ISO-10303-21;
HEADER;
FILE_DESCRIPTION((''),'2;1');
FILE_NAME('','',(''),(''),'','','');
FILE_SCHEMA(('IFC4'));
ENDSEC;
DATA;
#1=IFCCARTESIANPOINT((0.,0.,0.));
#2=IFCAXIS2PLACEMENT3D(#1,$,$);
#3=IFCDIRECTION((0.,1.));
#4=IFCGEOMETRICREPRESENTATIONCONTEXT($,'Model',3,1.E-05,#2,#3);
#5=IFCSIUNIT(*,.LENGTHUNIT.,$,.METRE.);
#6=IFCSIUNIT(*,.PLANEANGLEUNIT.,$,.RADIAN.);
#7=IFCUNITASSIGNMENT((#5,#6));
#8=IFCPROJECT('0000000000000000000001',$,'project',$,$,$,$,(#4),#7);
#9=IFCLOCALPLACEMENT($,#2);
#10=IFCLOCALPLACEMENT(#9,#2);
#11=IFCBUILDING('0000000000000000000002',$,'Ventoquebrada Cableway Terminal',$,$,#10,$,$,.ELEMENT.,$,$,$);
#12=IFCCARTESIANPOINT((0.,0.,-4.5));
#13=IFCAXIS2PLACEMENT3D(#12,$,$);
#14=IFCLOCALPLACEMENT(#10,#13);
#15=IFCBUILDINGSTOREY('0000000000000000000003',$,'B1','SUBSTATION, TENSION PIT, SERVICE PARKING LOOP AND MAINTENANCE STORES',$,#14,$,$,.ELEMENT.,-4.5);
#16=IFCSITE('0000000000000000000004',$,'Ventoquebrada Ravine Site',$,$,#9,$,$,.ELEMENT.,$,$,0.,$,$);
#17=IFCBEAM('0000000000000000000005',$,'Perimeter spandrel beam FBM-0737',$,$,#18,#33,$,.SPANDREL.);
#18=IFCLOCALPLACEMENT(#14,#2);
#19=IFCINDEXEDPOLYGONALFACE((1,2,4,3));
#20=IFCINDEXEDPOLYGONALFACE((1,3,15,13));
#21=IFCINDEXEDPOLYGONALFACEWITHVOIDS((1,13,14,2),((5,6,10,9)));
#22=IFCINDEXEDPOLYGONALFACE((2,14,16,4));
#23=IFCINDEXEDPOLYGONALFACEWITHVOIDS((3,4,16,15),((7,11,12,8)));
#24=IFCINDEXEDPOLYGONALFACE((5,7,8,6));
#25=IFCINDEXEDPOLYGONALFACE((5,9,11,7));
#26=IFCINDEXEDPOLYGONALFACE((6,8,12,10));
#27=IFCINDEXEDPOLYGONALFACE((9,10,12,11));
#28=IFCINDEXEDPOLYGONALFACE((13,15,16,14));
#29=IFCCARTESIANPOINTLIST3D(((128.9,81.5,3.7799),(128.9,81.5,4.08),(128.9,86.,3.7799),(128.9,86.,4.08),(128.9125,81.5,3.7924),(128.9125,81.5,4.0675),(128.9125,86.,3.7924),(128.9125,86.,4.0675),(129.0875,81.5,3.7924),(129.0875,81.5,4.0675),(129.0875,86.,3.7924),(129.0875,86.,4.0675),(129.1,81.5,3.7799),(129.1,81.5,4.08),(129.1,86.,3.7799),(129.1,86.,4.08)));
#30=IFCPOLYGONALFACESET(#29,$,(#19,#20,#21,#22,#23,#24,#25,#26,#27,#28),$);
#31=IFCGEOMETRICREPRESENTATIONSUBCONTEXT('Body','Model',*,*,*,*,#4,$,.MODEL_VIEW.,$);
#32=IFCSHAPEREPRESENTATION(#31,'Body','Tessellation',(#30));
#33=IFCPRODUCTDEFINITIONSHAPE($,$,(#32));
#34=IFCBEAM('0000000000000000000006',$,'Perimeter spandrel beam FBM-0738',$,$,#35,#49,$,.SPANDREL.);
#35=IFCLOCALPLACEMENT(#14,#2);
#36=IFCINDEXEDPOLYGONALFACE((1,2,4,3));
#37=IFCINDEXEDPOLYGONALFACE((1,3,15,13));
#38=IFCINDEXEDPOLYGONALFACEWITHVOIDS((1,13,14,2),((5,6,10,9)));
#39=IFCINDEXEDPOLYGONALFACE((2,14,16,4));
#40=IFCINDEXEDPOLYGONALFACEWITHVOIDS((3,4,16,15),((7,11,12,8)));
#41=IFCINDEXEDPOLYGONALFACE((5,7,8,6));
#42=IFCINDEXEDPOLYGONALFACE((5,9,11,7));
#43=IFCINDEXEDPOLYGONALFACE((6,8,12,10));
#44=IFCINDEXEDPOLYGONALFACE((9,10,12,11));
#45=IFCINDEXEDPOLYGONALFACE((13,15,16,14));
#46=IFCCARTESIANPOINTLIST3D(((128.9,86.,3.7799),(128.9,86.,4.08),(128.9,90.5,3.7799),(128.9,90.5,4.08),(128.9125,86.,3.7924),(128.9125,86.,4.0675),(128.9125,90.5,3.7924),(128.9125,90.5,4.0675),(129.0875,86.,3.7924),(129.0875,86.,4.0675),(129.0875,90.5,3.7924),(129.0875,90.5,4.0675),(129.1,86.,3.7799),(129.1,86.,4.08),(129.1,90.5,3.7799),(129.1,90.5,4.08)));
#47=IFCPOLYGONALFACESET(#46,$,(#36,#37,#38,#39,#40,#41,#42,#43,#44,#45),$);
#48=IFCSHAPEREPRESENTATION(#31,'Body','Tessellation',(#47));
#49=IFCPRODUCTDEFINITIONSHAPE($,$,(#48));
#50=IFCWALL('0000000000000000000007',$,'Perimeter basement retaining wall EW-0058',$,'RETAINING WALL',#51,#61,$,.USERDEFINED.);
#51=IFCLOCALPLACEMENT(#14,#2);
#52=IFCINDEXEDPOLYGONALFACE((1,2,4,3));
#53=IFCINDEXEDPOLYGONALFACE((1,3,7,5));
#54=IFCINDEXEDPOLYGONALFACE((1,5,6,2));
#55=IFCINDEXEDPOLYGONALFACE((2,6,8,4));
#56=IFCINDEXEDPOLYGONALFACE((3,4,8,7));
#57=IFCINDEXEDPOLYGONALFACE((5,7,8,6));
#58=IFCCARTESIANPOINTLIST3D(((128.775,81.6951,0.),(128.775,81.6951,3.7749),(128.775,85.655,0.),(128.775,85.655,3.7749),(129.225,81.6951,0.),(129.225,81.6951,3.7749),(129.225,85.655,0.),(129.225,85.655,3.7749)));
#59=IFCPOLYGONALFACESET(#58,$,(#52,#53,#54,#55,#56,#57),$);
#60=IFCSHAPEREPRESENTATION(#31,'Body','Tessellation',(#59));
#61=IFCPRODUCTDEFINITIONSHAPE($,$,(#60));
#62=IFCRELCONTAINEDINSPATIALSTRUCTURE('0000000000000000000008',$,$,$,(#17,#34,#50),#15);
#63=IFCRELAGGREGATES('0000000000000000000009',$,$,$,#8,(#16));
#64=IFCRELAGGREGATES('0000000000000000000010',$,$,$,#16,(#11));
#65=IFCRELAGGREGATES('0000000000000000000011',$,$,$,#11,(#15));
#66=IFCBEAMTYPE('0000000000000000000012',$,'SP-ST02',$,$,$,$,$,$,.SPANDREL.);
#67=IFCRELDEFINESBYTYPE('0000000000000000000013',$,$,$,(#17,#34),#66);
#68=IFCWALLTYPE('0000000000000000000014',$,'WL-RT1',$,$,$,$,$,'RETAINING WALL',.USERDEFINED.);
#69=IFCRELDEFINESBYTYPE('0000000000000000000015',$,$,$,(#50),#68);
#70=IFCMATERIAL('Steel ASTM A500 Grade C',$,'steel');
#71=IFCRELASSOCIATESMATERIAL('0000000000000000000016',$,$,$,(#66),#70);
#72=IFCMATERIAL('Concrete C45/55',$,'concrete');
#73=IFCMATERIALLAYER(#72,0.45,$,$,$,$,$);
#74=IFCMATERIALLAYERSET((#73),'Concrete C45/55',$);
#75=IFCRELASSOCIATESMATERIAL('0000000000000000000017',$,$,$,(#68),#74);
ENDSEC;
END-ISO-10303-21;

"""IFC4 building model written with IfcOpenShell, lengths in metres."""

from ifc_helpers import new_model, si_unit, direction, frame, frame_2d, origin, origin_2d, place, context, subcontext, project, spatial, rectangle, hollow_rectangle, extrude, material, layer, layer_set, material_profile, profile_set, type_object, element, save


model = new_model("IFC4")

# Units and contexts
model_context = context("Model", 3, precision=1e-05, world=origin(), true_north=direction((0.0, 1.0)))
body_context = subcontext(model_context, "Body", "Model", "MODEL_VIEW")
ifc_project = project(units=[si_unit("LENGTHUNIT", "METRE"), si_unit("PLANEANGLEUNIT", "RADIAN")], contexts=[model_context])

# Site, building, storey
site_placement = place(None, origin())
site = spatial("IfcSite", under=ifc_project, at=site_placement, Name="Ventoquebrada Ravine Site", CompositionType="ELEMENT", RefElevation=0.0)
building_placement = place(site_placement, origin())
building = spatial("IfcBuilding", under=site, at=building_placement, Name="Ventoquebrada Cableway Terminal", CompositionType="ELEMENT")
storey_placement = place(building_placement, frame((0.0, 0.0, -4.5)))
storey = spatial("IfcBuildingStorey", under=building, at=storey_placement, Name="B1", Description="SUBSTATION, TENSION PIT, SERVICE PARKING LOOP AND MAINTENANCE STORES", CompositionType="ELEMENT", Elevation=-4.5)

# Beams
ifc_material_1 = material(Name="Steel ASTM A500 Grade C", Category="steel")
ifc_material_profile_1 = material_profile(ifc_material_1, hollow_rectangle(XDim=0.2, YDim=0.3, WallThickness=0.0125, at=origin_2d()), Name="RHS300X200X12.5")
ifc_profile_set_1 = profile_set([ifc_material_profile_1], Name="Steel ASTM A500 Grade C")
beam_type_1 = type_object("IfcBeamType", Name="SP-ST02", PredefinedType="SPANDREL", material=ifc_profile_set_1)
for number, where, z_axis, x_axis, name in (
    (1, (129.0, 81.5, 3.9299), (0.0, 1.0, 0.0), (-1.0, 0.0, 0.0), "Perimeter spandrel beam FBM-0737"),
    (2, (129.0, 86.0, 3.9299), (0.0, 1.0, 0.0), (-1.0, 0.0, 0.0), "Perimeter spandrel beam FBM-0738"),
):
    element("IfcBeam", number, at=place(storey_placement, frame(where, z_axis=z_axis, x_axis=x_axis)), inside=storey, type_object=beam_type_1, Name=name, PredefinedType="SPANDREL", context=body_context, shape_type="SweptSolid", body=[
        extrude(hollow_rectangle(XDim=0.2, YDim=0.3, WallThickness=0.0125, at=origin_2d()), origin(), (0.0, 0.0, 1.0), 4.5),
    ])

# Wall
ifc_material_2 = material(Name="Concrete C45/55", Category="concrete")
ifc_layer = layer(ifc_material_2, 0.45)
ifc_layer_set = layer_set([ifc_layer], Name="Concrete C45/55")
wall_type = type_object("IfcWallType", Name="WL-RT1", ElementType="RETAINING WALL", PredefinedType="USERDEFINED", material=ifc_layer_set)
wall_placement = place(storey_placement, frame((129.0, 85.655, 0.0), z_axis=(0.0, 0.0, 1.0), x_axis=(0.0, -1.0, 0.0)))
element("IfcWall", 3, at=wall_placement, inside=storey, type_object=wall_type, Name="Perimeter basement retaining wall EW-0058", ObjectType="RETAINING WALL", PredefinedType="USERDEFINED", context=body_context, shape_type="SweptSolid", body=[
    extrude(rectangle(XDim=3.96, YDim=0.45, at=frame_2d((1.98, 0.0))), origin(), (0.0, 0.0, 1.0), 3.7749),
])

save(model, "model.ifc")
